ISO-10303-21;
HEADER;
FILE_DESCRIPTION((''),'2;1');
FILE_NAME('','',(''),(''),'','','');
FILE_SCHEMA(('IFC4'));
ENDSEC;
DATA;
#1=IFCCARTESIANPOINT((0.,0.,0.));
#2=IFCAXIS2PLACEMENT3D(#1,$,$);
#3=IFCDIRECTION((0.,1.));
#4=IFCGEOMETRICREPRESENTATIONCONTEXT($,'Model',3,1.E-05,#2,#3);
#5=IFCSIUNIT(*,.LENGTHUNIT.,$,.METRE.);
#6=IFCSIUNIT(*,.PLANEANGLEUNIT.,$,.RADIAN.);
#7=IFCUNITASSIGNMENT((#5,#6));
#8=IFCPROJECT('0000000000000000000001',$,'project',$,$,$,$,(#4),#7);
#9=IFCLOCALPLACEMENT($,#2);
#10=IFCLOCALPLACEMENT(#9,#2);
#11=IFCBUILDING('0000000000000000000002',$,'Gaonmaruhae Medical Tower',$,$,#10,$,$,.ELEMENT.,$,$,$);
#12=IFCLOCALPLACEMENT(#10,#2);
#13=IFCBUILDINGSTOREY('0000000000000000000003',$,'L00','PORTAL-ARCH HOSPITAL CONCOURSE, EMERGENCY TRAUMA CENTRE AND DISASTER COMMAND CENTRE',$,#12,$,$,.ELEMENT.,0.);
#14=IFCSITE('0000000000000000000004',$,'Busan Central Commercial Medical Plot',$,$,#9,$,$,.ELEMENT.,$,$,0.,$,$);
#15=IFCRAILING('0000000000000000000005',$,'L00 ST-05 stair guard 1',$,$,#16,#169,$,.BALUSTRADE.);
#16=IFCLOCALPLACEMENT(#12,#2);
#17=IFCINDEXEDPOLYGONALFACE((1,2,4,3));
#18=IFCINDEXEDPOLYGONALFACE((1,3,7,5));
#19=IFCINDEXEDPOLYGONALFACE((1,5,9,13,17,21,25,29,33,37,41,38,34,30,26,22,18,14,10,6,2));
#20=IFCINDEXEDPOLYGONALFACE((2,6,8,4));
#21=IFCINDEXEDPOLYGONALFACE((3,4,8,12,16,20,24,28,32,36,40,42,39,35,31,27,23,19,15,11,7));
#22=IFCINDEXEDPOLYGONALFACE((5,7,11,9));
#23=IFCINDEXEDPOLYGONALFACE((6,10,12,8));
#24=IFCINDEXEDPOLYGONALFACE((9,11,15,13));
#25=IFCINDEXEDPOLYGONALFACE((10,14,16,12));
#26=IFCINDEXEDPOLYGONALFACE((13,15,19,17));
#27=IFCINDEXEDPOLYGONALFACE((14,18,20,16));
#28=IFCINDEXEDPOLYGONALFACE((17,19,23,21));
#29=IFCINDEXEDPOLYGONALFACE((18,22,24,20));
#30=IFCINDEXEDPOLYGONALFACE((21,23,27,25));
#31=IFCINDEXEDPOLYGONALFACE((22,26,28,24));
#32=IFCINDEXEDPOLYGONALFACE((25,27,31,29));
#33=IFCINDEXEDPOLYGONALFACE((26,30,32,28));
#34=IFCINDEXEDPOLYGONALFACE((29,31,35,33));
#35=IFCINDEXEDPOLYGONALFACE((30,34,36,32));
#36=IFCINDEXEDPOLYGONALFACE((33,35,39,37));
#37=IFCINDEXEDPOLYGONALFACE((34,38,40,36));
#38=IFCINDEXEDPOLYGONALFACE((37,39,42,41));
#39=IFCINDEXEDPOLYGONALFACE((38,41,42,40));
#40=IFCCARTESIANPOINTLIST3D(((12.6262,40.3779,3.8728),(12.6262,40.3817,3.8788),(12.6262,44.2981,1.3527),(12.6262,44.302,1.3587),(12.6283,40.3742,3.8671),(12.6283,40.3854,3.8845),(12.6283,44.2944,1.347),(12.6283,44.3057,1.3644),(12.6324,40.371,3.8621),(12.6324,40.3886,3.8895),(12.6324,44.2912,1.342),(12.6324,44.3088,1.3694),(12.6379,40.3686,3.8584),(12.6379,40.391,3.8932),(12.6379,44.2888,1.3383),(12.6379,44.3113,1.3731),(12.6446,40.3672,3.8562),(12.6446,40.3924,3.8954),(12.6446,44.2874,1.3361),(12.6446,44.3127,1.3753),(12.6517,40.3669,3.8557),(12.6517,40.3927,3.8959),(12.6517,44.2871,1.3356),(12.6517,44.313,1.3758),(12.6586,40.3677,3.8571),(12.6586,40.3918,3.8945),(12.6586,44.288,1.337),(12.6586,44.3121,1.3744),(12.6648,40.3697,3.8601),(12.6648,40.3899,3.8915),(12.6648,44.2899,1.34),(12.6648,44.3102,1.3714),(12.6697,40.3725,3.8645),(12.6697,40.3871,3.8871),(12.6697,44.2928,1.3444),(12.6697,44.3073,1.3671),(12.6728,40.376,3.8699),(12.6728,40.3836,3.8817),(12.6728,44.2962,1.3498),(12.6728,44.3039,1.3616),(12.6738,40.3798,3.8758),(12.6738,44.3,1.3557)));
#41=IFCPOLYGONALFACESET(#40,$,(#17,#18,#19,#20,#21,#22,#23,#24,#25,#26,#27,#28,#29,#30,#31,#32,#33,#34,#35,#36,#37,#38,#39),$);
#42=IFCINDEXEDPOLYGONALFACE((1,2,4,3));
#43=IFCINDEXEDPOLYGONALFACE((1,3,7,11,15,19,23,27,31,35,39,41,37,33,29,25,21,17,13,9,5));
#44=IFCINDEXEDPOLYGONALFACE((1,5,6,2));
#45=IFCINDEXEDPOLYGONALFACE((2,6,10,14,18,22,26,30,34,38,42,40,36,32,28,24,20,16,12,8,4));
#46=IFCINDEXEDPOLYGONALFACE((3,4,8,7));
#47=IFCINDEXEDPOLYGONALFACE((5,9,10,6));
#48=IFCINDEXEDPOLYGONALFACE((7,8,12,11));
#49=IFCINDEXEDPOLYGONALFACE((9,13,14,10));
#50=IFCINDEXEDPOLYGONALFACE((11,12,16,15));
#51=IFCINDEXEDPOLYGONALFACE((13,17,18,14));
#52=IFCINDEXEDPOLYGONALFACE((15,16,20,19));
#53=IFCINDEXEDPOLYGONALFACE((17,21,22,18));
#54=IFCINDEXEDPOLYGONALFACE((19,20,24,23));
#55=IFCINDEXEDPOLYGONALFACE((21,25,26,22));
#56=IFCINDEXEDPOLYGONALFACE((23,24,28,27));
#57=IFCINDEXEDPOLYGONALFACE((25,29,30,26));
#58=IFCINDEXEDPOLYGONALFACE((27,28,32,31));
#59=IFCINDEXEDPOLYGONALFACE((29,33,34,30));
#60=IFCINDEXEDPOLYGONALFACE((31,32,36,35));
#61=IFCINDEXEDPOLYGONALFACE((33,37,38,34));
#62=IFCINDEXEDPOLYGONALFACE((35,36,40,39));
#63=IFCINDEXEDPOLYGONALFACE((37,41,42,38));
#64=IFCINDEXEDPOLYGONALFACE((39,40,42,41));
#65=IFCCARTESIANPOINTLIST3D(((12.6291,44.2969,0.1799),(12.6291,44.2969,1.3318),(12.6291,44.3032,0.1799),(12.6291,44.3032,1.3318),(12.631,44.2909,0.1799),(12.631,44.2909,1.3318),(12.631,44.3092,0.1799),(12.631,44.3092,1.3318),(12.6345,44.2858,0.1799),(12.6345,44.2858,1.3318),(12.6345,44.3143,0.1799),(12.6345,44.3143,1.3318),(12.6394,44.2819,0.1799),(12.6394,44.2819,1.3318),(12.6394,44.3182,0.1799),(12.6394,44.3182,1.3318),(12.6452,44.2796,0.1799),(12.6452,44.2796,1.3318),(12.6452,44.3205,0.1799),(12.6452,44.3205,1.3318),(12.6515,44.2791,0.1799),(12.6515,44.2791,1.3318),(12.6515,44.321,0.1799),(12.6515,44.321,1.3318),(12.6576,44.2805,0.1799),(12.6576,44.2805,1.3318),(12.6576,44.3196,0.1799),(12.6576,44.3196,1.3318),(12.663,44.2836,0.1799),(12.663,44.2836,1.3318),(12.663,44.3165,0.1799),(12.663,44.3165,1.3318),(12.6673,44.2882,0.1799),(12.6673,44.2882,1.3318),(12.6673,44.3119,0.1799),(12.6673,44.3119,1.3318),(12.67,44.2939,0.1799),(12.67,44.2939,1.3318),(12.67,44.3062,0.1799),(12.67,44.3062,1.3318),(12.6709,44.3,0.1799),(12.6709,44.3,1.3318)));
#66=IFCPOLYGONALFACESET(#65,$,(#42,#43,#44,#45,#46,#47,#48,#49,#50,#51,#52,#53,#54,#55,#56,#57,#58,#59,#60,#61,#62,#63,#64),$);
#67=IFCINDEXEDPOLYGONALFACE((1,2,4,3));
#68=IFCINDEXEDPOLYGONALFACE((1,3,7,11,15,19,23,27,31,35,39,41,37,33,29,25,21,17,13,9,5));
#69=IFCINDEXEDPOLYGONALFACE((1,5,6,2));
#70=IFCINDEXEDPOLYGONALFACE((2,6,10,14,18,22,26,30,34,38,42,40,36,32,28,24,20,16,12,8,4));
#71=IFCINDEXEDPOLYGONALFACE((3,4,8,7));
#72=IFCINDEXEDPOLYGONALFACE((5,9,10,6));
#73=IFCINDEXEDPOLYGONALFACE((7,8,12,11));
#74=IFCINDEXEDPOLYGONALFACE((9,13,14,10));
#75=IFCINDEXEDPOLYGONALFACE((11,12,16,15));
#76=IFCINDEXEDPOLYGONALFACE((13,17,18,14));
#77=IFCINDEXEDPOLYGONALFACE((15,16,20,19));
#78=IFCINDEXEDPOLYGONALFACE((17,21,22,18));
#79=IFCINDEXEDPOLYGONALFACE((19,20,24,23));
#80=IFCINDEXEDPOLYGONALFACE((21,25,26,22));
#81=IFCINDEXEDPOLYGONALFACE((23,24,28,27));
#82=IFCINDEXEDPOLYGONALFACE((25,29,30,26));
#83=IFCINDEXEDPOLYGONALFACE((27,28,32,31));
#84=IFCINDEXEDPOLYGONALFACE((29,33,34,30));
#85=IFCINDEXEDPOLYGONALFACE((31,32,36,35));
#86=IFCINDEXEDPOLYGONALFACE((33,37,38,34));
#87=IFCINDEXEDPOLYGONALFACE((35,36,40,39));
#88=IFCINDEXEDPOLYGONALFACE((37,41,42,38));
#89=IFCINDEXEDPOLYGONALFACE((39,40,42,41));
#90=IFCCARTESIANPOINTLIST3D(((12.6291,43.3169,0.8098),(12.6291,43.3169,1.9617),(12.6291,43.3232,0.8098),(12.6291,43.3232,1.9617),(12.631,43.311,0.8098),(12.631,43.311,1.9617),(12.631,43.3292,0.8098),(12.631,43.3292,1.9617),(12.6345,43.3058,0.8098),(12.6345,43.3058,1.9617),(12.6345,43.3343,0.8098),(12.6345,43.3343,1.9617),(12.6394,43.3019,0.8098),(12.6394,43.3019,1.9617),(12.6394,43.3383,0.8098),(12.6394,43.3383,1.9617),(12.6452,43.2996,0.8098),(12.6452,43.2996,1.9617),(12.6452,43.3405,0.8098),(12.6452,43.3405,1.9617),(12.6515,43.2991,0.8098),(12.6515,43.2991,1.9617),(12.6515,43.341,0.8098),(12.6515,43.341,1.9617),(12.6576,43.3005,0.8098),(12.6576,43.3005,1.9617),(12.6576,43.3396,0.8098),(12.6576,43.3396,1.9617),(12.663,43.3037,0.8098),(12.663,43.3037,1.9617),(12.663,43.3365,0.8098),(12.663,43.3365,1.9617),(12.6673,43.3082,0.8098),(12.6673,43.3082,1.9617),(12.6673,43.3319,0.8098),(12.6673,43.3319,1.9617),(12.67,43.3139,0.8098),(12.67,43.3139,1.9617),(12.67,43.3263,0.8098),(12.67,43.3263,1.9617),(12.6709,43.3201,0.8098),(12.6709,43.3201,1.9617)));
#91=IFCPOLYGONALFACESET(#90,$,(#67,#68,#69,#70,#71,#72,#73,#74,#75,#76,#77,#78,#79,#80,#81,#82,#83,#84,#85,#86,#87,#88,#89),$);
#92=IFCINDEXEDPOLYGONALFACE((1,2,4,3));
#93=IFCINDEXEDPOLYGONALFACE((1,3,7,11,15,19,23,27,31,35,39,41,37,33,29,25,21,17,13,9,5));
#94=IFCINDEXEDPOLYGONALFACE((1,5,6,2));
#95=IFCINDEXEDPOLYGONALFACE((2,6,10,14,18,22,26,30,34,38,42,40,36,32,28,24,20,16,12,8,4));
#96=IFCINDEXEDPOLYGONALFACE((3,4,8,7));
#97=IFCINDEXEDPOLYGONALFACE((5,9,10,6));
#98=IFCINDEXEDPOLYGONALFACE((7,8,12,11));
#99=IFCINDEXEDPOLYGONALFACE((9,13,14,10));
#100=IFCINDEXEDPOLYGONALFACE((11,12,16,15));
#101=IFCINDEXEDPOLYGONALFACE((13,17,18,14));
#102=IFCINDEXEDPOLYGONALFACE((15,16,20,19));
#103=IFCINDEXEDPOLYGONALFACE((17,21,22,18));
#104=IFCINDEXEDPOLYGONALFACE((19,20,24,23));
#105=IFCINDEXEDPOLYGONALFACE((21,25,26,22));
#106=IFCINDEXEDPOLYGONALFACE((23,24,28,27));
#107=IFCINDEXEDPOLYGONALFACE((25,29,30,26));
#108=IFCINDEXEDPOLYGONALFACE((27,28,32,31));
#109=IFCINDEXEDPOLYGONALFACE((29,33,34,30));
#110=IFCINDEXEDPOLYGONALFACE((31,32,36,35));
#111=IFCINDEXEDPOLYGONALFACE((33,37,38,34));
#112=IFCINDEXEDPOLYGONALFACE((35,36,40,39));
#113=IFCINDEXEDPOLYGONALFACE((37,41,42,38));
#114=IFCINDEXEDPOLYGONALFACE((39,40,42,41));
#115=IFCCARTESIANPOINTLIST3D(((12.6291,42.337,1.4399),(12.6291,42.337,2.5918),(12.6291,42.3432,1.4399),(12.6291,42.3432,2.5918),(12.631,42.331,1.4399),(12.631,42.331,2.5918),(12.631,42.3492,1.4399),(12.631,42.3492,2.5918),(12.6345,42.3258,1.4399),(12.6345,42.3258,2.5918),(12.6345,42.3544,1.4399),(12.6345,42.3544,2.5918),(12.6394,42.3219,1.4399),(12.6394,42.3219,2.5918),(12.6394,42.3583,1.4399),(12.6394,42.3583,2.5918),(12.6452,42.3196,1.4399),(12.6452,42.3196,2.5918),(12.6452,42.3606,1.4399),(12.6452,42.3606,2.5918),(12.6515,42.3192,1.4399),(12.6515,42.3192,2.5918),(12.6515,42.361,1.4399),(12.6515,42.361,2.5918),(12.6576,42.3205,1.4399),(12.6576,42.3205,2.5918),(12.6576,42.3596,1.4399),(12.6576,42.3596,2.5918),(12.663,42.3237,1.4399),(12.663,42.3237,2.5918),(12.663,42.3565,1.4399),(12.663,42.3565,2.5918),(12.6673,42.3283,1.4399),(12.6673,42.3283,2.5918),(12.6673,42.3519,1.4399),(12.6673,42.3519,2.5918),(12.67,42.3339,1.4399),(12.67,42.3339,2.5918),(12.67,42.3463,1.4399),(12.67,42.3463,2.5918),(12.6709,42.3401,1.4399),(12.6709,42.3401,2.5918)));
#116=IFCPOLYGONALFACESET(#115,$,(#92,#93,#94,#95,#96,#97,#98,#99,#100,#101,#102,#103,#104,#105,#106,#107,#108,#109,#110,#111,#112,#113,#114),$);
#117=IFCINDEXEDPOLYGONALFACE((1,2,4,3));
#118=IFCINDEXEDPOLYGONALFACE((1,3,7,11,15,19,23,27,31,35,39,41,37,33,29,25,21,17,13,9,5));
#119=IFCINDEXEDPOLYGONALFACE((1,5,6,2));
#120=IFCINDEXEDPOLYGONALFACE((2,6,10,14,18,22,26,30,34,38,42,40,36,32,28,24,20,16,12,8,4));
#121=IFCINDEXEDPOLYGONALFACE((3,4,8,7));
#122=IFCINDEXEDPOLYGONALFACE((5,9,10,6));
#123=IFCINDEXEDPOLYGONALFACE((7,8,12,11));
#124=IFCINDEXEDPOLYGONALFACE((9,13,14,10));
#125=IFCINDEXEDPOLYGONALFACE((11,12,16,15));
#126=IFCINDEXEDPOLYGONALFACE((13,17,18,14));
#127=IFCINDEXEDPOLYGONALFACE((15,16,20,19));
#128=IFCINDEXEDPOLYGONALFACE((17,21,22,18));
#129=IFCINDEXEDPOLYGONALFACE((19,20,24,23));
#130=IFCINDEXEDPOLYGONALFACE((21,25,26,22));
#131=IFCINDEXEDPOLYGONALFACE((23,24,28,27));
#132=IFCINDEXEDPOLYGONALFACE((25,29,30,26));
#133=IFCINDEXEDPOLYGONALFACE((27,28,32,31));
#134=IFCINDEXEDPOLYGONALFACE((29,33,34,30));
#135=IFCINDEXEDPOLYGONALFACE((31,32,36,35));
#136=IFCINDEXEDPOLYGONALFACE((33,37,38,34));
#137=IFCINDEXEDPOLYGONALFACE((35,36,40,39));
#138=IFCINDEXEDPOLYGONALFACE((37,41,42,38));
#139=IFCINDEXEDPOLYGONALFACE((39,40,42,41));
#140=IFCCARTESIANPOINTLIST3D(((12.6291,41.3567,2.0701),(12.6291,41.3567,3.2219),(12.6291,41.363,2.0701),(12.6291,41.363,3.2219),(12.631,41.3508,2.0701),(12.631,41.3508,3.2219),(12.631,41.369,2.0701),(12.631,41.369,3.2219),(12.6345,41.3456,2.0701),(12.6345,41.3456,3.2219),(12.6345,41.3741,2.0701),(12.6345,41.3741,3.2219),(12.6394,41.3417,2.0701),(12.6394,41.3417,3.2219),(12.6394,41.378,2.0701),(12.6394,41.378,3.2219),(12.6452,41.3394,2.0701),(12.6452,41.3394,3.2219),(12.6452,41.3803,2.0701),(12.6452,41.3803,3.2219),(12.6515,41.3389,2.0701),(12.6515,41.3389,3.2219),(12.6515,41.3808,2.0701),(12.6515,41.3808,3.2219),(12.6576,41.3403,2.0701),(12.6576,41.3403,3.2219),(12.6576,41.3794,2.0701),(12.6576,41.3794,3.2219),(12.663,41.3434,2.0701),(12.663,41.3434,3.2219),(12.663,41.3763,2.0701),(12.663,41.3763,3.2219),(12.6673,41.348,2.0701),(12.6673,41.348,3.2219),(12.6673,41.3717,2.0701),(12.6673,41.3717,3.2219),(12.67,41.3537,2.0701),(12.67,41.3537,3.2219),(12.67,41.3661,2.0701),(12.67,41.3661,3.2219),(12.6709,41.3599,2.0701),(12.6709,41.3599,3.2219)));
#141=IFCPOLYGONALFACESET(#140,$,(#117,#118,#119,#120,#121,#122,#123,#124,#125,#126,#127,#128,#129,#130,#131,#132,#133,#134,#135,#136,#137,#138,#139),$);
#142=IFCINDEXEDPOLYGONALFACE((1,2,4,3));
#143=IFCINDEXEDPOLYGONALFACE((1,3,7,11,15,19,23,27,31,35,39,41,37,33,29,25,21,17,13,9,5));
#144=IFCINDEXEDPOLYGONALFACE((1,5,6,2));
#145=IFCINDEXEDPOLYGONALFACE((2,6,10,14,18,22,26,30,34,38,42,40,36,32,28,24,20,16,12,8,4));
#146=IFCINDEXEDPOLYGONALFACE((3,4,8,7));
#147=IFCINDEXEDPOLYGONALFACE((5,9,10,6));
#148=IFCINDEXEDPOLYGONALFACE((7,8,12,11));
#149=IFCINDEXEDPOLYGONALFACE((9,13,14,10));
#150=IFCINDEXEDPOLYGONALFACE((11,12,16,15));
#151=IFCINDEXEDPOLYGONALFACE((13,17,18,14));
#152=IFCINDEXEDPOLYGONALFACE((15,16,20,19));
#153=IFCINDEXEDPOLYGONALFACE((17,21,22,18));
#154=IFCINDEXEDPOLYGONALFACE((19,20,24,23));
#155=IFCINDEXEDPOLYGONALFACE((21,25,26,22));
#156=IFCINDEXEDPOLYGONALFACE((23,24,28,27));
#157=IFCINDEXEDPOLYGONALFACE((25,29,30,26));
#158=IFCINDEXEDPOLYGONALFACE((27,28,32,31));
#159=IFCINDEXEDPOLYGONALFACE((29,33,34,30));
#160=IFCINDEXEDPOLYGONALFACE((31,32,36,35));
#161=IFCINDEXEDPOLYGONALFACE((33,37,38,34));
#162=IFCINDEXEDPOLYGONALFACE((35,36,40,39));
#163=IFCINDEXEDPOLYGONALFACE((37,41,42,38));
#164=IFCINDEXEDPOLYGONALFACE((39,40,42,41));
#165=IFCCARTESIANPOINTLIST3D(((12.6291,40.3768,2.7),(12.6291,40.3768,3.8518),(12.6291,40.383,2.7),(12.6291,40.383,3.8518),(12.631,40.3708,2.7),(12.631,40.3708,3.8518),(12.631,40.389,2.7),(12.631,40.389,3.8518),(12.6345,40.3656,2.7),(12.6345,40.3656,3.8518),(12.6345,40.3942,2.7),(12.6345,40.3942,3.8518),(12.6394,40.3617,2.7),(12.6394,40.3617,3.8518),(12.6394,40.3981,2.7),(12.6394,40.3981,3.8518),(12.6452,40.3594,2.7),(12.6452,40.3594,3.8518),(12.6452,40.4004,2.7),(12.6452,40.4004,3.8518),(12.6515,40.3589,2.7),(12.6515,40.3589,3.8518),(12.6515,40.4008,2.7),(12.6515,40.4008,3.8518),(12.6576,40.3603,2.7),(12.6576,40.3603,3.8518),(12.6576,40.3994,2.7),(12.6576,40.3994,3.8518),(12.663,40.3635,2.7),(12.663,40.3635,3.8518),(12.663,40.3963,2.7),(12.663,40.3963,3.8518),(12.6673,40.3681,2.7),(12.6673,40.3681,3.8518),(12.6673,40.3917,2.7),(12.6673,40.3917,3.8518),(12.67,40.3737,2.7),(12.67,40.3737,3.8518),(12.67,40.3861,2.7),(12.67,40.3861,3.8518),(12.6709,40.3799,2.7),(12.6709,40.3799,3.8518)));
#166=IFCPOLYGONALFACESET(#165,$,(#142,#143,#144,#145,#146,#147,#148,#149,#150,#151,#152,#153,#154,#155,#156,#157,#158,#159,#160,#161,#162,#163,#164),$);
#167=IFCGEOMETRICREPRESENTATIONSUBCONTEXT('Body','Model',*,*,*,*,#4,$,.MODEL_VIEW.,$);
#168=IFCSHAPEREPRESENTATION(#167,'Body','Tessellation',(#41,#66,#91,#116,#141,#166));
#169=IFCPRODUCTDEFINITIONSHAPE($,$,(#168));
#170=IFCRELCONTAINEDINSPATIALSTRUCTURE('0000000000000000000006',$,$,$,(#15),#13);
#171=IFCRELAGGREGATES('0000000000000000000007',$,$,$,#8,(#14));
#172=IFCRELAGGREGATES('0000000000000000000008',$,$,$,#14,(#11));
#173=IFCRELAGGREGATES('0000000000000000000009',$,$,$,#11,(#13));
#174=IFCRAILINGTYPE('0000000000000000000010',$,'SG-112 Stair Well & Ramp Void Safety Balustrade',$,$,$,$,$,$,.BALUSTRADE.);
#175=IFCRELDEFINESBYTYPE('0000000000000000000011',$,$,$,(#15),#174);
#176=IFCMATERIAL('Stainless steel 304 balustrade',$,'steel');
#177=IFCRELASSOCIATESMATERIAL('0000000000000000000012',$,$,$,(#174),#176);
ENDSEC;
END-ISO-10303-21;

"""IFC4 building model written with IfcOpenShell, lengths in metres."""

from ifc_helpers import new_model, si_unit, direction, frame, origin, origin_2d, place, context, subcontext, project, spatial, circle, extrude, material, type_object, element, save


model = new_model("IFC4")

# Units and contexts
model_context = context("Model", 3, precision=1e-05, world=origin(), true_north=direction((0.0, 1.0)))
body_context = subcontext(model_context, "Body", "Model", "MODEL_VIEW")
ifc_project = project(units=[si_unit("LENGTHUNIT", "METRE"), si_unit("PLANEANGLEUNIT", "RADIAN")], contexts=[model_context])

# Site, building, storey
site_placement = place(None, origin())
site = spatial("IfcSite", under=ifc_project, at=site_placement, Name="Busan Central Commercial Medical Plot", CompositionType="ELEMENT", RefElevation=0.0)
building_placement = place(site_placement, origin())
building = spatial("IfcBuilding", under=site, at=building_placement, Name="Gaonmaruhae Medical Tower", CompositionType="ELEMENT")
storey_placement = place(building_placement, origin())
storey = spatial("IfcBuildingStorey", under=building, at=storey_placement, Name="L00", Description="PORTAL-ARCH HOSPITAL CONCOURSE, EMERGENCY TRAUMA CENTRE AND DISASTER COMMAND CENTRE", CompositionType="ELEMENT", Elevation=0.0)

# Railing
ifc_material_1 = material(Name="Stainless steel 304 balustrade", Category="steel")
railing_type_1 = type_object("IfcRailingType", Name="SG-112 Stair Well & Ramp Void Safety Balustrade", PredefinedType="BALUSTRADE", material=ifc_material_1)
railing_1_placement = place(storey_placement, frame((12.6499, 44.3, 0.1799)))
element("IfcRailing", 1, at=railing_1_placement, inside=storey, type_object=railing_type_1, Name="L00 ST-05 stair guard 1", PredefinedType="BALUSTRADE", context=body_context, shape_type="SweptSolid", body=[
    extrude(circle(Radius=0.0239, at=origin_2d()), frame((0.0, 0.0, 1.1758), z_axis=(0.0, -0.841187, 0.540744), x_axis=(1.0, 0.0, 0.0)), (0.0, 0.0, 1.0), 4.6604),
    extrude(circle(Radius=0.021, at=origin_2d()), origin(), (0.0, 0.0, 1.0), 1.1519),
    extrude(circle(Radius=0.021, at=origin_2d()), frame((0.0, -0.98, 0.6299)), (0.0, 0.0, 1.0), 1.1519),
    extrude(circle(Radius=0.021, at=origin_2d()), frame((0.0, -1.96, 1.26)), (0.0, 0.0, 1.0), 1.1519),
    extrude(circle(Radius=0.021, at=origin_2d()), frame((0.0, -2.9402, 1.8901)), (0.0, 0.0, 1.0), 1.1519),
    extrude(circle(Radius=0.021, at=origin_2d()), frame((0.0, -3.9202, 2.52)), (0.0, 0.0, 1.0), 1.1519),
])

save(model, "model.ifc")
